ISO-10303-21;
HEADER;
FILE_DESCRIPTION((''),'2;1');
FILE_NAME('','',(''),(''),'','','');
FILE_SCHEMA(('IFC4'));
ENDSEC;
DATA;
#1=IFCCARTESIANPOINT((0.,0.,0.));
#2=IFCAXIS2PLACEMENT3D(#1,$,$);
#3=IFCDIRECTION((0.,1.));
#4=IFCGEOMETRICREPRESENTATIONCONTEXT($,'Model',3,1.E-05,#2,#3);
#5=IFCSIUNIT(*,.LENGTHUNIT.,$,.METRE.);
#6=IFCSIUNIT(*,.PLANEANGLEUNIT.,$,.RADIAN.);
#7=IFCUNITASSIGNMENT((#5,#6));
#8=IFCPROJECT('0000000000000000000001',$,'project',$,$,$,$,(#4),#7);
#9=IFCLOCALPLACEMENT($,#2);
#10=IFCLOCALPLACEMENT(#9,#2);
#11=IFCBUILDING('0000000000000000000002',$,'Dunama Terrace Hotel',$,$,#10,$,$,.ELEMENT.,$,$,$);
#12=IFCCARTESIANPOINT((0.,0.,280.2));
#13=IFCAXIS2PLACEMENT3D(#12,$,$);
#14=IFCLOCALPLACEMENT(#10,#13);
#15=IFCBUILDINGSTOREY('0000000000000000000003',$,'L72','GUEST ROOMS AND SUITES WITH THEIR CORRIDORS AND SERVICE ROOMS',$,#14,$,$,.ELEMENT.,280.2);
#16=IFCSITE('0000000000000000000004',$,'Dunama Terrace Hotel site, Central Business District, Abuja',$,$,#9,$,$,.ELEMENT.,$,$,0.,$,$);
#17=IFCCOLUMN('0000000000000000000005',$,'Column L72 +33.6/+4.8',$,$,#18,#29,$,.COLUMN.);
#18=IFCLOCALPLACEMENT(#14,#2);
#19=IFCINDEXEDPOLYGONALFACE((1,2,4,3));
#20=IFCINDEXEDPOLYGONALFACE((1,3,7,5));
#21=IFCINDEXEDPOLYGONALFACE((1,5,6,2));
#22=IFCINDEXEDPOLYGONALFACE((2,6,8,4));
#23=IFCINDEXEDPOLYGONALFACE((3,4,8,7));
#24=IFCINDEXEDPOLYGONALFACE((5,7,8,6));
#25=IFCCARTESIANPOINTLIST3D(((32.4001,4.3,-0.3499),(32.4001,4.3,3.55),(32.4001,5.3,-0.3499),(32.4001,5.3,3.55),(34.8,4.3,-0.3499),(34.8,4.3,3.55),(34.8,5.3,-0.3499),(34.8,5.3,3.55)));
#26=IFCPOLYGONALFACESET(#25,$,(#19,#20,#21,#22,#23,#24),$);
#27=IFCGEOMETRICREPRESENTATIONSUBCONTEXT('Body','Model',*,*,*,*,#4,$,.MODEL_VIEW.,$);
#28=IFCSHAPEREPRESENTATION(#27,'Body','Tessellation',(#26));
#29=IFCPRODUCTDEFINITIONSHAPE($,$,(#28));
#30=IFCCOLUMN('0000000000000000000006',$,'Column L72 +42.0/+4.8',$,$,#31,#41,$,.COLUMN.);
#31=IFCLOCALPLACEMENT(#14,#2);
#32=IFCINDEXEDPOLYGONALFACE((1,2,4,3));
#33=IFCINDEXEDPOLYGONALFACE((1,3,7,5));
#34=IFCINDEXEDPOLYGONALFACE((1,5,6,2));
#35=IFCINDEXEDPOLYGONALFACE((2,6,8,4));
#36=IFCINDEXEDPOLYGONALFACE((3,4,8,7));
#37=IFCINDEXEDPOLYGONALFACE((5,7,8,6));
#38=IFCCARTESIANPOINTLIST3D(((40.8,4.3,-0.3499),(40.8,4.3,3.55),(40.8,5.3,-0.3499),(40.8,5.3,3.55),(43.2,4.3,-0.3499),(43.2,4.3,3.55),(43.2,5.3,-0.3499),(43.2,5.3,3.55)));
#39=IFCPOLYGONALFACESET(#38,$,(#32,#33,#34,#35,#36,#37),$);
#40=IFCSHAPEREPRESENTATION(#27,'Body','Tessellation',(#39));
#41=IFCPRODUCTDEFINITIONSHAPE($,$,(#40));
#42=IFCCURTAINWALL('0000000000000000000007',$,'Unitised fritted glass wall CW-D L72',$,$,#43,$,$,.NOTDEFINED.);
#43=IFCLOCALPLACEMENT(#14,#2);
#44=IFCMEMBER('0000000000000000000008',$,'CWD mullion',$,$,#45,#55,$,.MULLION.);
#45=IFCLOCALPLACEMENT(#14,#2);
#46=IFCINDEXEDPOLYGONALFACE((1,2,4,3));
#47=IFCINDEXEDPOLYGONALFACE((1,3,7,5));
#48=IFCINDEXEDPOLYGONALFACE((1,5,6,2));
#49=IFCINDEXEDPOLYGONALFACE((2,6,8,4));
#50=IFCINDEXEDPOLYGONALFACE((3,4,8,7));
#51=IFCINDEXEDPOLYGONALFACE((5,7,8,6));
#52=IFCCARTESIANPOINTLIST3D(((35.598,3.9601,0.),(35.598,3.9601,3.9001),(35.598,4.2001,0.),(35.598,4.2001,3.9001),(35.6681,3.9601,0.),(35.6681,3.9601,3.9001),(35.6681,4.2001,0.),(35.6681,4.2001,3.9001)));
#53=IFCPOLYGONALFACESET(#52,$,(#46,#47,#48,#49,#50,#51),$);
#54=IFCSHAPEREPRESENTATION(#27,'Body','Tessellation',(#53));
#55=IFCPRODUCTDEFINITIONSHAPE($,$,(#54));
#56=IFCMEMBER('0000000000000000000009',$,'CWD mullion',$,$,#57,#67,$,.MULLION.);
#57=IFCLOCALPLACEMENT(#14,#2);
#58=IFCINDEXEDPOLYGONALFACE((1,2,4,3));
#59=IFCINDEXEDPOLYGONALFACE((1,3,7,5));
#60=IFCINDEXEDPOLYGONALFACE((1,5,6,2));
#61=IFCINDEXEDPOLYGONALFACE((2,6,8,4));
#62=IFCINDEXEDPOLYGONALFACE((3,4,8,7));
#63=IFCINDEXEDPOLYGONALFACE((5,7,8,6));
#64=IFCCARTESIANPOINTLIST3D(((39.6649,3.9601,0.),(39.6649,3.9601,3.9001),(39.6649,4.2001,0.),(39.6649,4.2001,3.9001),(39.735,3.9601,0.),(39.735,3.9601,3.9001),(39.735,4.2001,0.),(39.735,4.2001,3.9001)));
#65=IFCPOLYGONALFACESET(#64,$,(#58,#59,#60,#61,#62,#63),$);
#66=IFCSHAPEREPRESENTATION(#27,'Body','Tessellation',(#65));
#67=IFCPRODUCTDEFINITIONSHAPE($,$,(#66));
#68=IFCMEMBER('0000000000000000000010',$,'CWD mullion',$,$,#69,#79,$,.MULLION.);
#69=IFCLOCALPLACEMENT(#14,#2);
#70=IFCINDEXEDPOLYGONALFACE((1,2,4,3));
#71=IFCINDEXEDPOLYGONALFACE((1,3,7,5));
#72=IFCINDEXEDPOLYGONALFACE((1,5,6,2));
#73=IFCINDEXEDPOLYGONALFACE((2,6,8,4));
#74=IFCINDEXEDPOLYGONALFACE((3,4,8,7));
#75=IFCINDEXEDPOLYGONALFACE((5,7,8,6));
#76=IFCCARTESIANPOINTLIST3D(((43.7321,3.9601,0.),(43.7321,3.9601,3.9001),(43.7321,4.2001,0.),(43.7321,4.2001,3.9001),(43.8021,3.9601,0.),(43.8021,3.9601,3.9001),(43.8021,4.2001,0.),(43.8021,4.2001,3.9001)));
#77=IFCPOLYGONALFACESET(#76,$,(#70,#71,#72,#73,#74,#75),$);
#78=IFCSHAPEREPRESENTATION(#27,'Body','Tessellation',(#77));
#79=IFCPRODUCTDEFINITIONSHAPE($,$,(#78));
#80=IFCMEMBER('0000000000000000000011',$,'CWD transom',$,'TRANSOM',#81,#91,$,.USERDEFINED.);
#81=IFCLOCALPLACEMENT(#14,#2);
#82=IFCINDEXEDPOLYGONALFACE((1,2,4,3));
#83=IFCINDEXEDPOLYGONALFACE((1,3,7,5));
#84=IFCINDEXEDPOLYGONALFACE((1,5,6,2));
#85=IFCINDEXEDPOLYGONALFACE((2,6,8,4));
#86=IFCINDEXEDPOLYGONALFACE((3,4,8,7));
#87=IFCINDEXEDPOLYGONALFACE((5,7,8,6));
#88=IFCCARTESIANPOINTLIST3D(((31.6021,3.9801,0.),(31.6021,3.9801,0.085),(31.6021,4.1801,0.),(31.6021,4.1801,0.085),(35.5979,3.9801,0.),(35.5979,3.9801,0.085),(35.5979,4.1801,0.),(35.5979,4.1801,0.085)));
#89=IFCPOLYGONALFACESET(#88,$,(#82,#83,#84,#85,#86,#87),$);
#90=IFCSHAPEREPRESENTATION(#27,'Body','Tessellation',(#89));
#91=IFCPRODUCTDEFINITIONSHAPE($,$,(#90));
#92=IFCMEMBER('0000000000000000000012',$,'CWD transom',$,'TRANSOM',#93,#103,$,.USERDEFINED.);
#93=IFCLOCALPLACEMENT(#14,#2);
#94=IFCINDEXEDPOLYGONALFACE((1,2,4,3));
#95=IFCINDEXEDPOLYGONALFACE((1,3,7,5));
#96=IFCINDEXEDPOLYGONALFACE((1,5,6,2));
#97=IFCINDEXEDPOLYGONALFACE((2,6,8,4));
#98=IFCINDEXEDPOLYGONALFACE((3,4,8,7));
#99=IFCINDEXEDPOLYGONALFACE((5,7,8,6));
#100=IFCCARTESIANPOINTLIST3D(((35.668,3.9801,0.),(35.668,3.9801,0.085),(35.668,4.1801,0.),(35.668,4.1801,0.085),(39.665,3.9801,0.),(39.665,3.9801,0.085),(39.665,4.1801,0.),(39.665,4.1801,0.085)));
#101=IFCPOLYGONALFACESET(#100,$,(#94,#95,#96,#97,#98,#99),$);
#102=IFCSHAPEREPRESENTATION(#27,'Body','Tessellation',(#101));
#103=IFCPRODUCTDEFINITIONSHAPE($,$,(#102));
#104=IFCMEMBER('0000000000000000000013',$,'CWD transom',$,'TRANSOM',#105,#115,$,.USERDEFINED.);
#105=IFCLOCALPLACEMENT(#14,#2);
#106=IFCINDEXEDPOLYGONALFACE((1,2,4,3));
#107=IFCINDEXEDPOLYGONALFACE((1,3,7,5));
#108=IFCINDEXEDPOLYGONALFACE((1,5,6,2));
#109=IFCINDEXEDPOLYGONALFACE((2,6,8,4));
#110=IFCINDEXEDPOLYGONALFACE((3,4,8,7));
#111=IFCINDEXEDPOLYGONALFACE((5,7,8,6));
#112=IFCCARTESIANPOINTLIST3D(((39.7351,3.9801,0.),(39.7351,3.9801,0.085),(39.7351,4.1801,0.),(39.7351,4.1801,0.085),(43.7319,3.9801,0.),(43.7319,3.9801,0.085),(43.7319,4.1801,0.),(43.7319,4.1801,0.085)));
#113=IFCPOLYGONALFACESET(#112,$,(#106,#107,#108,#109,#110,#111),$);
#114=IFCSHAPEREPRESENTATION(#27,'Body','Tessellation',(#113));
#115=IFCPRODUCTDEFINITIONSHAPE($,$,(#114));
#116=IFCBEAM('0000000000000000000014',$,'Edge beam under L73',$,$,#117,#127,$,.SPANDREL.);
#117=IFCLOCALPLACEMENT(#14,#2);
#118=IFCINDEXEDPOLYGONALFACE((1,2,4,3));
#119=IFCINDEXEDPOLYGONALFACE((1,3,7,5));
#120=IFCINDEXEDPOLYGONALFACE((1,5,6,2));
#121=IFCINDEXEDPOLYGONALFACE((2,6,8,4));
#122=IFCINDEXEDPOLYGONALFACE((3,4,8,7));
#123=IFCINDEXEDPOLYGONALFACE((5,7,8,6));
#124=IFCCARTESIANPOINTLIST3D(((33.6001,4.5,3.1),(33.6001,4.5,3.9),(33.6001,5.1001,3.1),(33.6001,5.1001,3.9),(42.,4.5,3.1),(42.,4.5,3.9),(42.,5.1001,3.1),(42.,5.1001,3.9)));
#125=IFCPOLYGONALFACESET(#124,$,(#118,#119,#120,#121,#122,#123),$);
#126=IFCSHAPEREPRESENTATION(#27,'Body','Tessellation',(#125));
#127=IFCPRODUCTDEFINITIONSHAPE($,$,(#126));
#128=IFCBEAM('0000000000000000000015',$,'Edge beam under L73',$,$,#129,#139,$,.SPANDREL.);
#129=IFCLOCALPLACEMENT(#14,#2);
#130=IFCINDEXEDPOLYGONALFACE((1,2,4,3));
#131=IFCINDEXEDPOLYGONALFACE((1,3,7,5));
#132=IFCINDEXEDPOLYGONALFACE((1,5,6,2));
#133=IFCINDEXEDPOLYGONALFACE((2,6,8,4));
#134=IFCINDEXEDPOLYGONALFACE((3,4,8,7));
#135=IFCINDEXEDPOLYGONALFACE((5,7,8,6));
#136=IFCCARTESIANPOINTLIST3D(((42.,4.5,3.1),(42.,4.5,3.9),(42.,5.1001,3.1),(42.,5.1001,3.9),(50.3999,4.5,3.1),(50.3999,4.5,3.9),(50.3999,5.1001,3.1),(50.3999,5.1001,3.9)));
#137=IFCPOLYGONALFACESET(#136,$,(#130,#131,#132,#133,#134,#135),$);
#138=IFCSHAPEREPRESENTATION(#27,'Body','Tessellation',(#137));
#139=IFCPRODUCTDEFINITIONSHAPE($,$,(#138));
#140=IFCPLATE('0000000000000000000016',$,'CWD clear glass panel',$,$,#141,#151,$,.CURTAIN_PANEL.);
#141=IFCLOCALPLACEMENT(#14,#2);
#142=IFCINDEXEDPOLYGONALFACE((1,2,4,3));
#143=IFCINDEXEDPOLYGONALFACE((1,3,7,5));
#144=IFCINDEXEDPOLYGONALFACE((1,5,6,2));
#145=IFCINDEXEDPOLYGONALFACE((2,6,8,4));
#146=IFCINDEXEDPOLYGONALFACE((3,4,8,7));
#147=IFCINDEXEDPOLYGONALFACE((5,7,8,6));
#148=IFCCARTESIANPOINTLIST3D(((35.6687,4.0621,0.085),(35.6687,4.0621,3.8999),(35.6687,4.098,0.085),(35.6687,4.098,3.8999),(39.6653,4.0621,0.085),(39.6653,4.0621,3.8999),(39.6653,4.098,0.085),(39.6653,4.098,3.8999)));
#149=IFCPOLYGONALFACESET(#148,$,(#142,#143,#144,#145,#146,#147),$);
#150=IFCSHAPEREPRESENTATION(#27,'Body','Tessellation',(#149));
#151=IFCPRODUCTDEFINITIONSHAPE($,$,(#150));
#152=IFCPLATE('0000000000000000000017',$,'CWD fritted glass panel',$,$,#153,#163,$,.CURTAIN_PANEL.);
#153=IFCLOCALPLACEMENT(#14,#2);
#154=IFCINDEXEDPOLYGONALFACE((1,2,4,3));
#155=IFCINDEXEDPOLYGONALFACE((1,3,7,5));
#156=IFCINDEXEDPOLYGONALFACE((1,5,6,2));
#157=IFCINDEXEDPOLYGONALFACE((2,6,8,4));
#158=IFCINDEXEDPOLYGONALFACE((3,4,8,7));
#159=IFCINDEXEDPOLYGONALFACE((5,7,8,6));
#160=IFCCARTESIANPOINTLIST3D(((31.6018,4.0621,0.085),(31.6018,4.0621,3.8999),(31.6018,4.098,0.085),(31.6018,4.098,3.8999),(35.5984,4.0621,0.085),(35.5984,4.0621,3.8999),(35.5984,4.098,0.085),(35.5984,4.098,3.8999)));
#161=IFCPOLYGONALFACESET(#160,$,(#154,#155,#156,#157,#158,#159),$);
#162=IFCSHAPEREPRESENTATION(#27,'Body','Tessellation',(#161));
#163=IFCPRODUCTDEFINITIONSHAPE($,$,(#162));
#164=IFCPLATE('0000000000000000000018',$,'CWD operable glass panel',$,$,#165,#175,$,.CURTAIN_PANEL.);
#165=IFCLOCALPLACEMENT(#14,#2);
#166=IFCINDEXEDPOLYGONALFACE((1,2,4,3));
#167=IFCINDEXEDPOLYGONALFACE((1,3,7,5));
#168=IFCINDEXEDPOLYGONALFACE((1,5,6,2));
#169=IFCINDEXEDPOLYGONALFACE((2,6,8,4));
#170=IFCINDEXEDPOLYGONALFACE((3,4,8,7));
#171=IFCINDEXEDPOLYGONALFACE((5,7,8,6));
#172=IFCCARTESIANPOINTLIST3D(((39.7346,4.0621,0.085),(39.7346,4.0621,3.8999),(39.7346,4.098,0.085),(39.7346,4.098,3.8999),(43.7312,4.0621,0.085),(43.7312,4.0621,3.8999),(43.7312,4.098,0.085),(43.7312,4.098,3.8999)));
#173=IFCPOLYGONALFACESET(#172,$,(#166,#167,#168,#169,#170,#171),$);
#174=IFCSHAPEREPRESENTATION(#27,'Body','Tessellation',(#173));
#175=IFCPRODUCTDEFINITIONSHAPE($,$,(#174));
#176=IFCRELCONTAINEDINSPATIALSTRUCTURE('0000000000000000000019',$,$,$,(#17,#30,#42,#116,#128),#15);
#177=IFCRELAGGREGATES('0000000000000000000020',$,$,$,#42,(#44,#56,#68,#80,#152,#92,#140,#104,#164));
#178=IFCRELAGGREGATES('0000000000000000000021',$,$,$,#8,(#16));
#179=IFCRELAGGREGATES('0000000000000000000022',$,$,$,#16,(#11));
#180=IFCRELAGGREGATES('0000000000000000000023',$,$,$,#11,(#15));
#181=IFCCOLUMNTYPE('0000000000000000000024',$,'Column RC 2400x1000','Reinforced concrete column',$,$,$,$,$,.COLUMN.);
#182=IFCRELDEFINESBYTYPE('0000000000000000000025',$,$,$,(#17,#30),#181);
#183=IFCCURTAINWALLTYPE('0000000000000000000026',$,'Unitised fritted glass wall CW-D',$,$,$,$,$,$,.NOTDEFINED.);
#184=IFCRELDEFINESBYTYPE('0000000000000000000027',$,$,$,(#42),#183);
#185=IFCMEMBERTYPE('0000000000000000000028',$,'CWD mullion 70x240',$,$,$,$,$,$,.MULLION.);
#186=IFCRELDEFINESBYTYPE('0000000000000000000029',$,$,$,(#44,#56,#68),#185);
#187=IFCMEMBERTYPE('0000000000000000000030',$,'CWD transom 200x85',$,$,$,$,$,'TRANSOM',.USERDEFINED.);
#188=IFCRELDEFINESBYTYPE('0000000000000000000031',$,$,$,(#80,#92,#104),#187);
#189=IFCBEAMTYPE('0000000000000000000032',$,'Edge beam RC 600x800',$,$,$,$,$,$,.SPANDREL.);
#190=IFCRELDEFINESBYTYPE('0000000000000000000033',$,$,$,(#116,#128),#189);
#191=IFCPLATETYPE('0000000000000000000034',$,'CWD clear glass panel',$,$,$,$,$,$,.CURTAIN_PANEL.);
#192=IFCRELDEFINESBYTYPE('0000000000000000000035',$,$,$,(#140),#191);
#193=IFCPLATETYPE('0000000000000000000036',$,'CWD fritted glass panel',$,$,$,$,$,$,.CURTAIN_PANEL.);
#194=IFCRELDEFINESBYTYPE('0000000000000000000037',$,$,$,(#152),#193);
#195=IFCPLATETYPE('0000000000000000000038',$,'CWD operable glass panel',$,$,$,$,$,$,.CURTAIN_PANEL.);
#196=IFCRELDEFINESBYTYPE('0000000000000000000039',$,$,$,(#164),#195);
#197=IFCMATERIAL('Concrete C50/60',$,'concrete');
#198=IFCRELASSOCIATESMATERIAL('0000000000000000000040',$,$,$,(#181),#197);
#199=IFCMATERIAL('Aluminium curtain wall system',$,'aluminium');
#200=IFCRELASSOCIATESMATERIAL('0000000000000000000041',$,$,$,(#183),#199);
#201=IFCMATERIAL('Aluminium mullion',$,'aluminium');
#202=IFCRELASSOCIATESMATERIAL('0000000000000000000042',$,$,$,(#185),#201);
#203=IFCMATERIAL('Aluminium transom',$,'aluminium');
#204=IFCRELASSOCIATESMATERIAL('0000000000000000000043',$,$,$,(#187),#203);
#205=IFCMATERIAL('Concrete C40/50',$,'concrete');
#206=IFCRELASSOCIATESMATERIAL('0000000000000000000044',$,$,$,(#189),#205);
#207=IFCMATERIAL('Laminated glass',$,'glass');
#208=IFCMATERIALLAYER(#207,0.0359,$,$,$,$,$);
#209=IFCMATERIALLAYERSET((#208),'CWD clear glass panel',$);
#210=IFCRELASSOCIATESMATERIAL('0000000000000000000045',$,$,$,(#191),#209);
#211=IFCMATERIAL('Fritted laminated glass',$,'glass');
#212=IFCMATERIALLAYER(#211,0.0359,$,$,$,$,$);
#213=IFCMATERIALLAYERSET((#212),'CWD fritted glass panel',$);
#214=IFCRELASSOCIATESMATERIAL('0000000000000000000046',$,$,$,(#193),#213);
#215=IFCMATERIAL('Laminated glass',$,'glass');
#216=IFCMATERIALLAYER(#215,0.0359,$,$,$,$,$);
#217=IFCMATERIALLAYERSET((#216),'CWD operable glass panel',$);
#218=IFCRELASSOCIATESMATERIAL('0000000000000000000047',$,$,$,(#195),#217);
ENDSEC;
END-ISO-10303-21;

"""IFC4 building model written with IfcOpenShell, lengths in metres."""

from ifc_helpers import new_model, si_unit, direction, frame, origin, origin_2d, place, context, subcontext, project, spatial, rectangle, extrude, material, layer, layer_set, material_profile, profile_set, type_object, element, aggregate, save


model = new_model("IFC4")

# Units and contexts
model_context = context("Model", 3, precision=1e-05, world=origin(), true_north=direction((0.0, 1.0)))
body_context = subcontext(model_context, "Body", "Model", "MODEL_VIEW")
ifc_project = project(units=[si_unit("LENGTHUNIT", "METRE"), si_unit("PLANEANGLEUNIT", "RADIAN")], contexts=[model_context])

# Site, building, storey
site_placement = place(None, origin())
site = spatial("IfcSite", under=ifc_project, at=site_placement, Name="Dunama Terrace Hotel site, Central Business District, Abuja", CompositionType="ELEMENT", RefElevation=0.0)
building_placement = place(site_placement, origin())
building = spatial("IfcBuilding", under=site, at=building_placement, Name="Dunama Terrace Hotel", CompositionType="ELEMENT")
storey_placement = place(building_placement, frame((0.0, 0.0, 280.2)))
storey = spatial("IfcBuildingStorey", under=building, at=storey_placement, Name="L72", Description="GUEST ROOMS AND SUITES WITH THEIR CORRIDORS AND SERVICE ROOMS", CompositionType="ELEMENT", Elevation=280.2)

# Columns
ifc_material_1 = material(Name="Concrete C50/60", Category="concrete")
ifc_material_profile_1 = material_profile(ifc_material_1, rectangle(XDim=2.3999, YDim=1.0, at=origin_2d()), Name="RC 2400x1000")
ifc_profile_set_1 = profile_set([ifc_material_profile_1], Name="Concrete C50/60")
column_type = type_object("IfcColumnType", Name="Column RC 2400x1000", Description="Reinforced concrete column", PredefinedType="COLUMN", material=ifc_profile_set_1)
for number, where, z_axis, x_axis, name in (
    (1, (33.6001, 4.8, -0.3499), (0.0, 0.0, 1.0), (1.0, 0.0, 0.0), "Column L72 +33.6/+4.8"),
    (2, (42.0, 4.8, -0.3499), (0.0, 0.0, 1.0), (1.0, 0.0, 0.0), "Column L72 +42.0/+4.8"),
):
    element("IfcColumn", number, at=place(storey_placement, frame(where, z_axis=z_axis, x_axis=x_axis)), inside=storey, type_object=column_type, Name=name, PredefinedType="COLUMN", context=body_context, shape_type="SweptSolid", body=[
        extrude(rectangle(XDim=2.3999, YDim=1.0, at=origin_2d()), origin(), (0.0, 0.0, 1.0), 3.8999),
    ])

# Curtain wall, members
ifc_material_2 = material(Name="Aluminium curtain wall system", Category="aluminium")
curtain_wall_type = type_object("IfcCurtainWallType", Name="Unitised fritted glass wall CW-D", PredefinedType="NOTDEFINED", material=ifc_material_2)
curtain_wall_placement = place(storey_placement, origin())
curtain_wall = element("IfcCurtainWall", 3, at=curtain_wall_placement, inside=storey, type_object=curtain_wall_type, Name="Unitised fritted glass wall CW-D L72", PredefinedType="NOTDEFINED")
ifc_material_3 = material(Name="Aluminium mullion", Category="aluminium")
ifc_material_profile_2 = material_profile(ifc_material_3, rectangle(XDim=0.0701, YDim=0.24, at=origin_2d()), Name="CWD MULLION 70X240")
ifc_profile_set_2 = profile_set([ifc_material_profile_2], Name="Aluminium mullion")
member_type_1 = type_object("IfcMemberType", Name="CWD mullion 70x240", PredefinedType="MULLION", material=ifc_profile_set_2)
member_1_placement = place(storey_placement, frame((35.6331, 4.0801, 0.0), z_axis=(0.0, 0.0, 1.0), x_axis=(1.0, 0.0, 0.0)))
member_1 = element("IfcMember", 4, at=member_1_placement, type_object=member_type_1, Name="CWD mullion", PredefinedType="MULLION", context=body_context, shape_type="SweptSolid", body=[
    extrude(rectangle(XDim=0.0701, YDim=0.24, at=origin_2d()), origin(), (0.0, 0.0, 1.0), 3.9001),
])
member_2_placement = place(storey_placement, frame((39.7, 4.0801, 0.0), z_axis=(0.0, 0.0, 1.0), x_axis=(1.0, 0.0, 0.0)))
member_2 = element("IfcMember", 5, at=member_2_placement, type_object=member_type_1, Name="CWD mullion", PredefinedType="MULLION", context=body_context, shape_type="SweptSolid", body=[
    extrude(rectangle(XDim=0.0701, YDim=0.24, at=origin_2d()), origin(), (0.0, 0.0, 1.0), 3.9001),
])
member_3_placement = place(storey_placement, frame((43.7671, 4.0801, 0.0), z_axis=(0.0, 0.0, 1.0), x_axis=(1.0, 0.0, 0.0)))
member_3 = element("IfcMember", 6, at=member_3_placement, type_object=member_type_1, Name="CWD mullion", PredefinedType="MULLION", context=body_context, shape_type="SweptSolid", body=[
    extrude(rectangle(XDim=0.0701, YDim=0.24, at=origin_2d()), origin(), (0.0, 0.0, 1.0), 3.9001),
])
ifc_material_4 = material(Name="Aluminium transom", Category="aluminium")
ifc_material_profile_3 = material_profile(ifc_material_4, rectangle(XDim=0.2, YDim=0.085, at=origin_2d()), Name="CWD TRANSOM 200X85")
ifc_profile_set_3 = profile_set([ifc_material_profile_3], Name="Aluminium transom")
member_type_2 = type_object("IfcMemberType", Name="CWD transom 200x85", ElementType="TRANSOM", PredefinedType="USERDEFINED", material=ifc_profile_set_3)
member_4_placement = place(storey_placement, frame((31.6021, 4.0801, 0.0425), z_axis=(1.0, 0.0, 0.0), x_axis=(0.0, 1.0, 0.0)))
member_4 = element("IfcMember", 7, at=member_4_placement, type_object=member_type_2, Name="CWD transom", ObjectType="TRANSOM", PredefinedType="USERDEFINED", context=body_context, shape_type="SweptSolid", body=[
    extrude(rectangle(XDim=0.2, YDim=0.085, at=origin_2d()), origin(), (0.0, 0.0, 1.0), 3.9958),
])
member_5_placement = place(storey_placement, frame((35.668, 4.0801, 0.0425), z_axis=(1.0, 0.0, 0.0), x_axis=(0.0, 1.0, 0.0)))
member_5 = element("IfcMember", 8, at=member_5_placement, type_object=member_type_2, Name="CWD transom", ObjectType="TRANSOM", PredefinedType="USERDEFINED", context=body_context, shape_type="SweptSolid", body=[
    extrude(rectangle(XDim=0.2, YDim=0.085, at=origin_2d()), origin(), (0.0, 0.0, 1.0), 3.9971),
])
member_6_placement = place(storey_placement, frame((39.7351, 4.0801, 0.0425), z_axis=(1.0, 0.0, 0.0), x_axis=(0.0, 1.0, 0.0)))
member_6 = element("IfcMember", 9, at=member_6_placement, type_object=member_type_2, Name="CWD transom", ObjectType="TRANSOM", PredefinedType="USERDEFINED", context=body_context, shape_type="SweptSolid", body=[
    extrude(rectangle(XDim=0.2, YDim=0.085, at=origin_2d()), origin(), (0.0, 0.0, 1.0), 3.9968),
])

# Beams
ifc_material_5 = material(Name="Concrete C40/50", Category="concrete")
ifc_material_profile_4 = material_profile(ifc_material_5, rectangle(XDim=0.6001, YDim=0.8, at=origin_2d()), Name="RC 600x800")
ifc_profile_set_4 = profile_set([ifc_material_profile_4], Name="Concrete C40/50")
beam_type = type_object("IfcBeamType", Name="Edge beam RC 600x800", PredefinedType="SPANDREL", material=ifc_profile_set_4)
for number, where, z_axis, x_axis, name in (
    (10, (33.6001, 4.8, 3.5), (1.0, 0.0, 0.0), (0.0, 1.0, 0.0), "Edge beam under L73"),
    (11, (42.0, 4.8, 3.5), (1.0, 0.0, 0.0), (0.0, 1.0, 0.0), "Edge beam under L73"),
):
    element("IfcBeam", number, at=place(storey_placement, frame(where, z_axis=z_axis, x_axis=x_axis)), inside=storey, type_object=beam_type, Name=name, PredefinedType="SPANDREL", context=body_context, shape_type="SweptSolid", body=[
        extrude(rectangle(XDim=0.6001, YDim=0.8, at=origin_2d()), origin(), (0.0, 0.0, 1.0), 8.3999),
    ])

# Plates
ifc_material_6 = material(Name="Laminated glass", Category="glass")
ifc_layer_1 = layer(ifc_material_6, 0.0359)
ifc_layer_set_1 = layer_set([ifc_layer_1], Name="CWD clear glass panel")
plate_type_1 = type_object("IfcPlateType", Name="CWD clear glass panel", PredefinedType="CURTAIN_PANEL", material=ifc_layer_set_1)
plate_1_placement = place(storey_placement, frame((37.667, 4.0801, 0.085), z_axis=(0.0, 0.0, 1.0), x_axis=(1.0, 0.0, 0.0)))
plate_1 = element("IfcPlate", 12, at=plate_1_placement, type_object=plate_type_1, Name="CWD clear glass panel", PredefinedType="CURTAIN_PANEL", context=body_context, shape_type="SweptSolid", body=[
    extrude(rectangle(XDim=3.9966, YDim=0.0359, at=origin_2d()), origin(), (0.0, 0.0, 1.0), 3.8149),
])
ifc_material_7 = material(Name="Fritted laminated glass", Category="glass")
ifc_layer_2 = layer(ifc_material_7, 0.0359)
ifc_layer_set_2 = layer_set([ifc_layer_2], Name="CWD fritted glass panel")
plate_type_2 = type_object("IfcPlateType", Name="CWD fritted glass panel", PredefinedType="CURTAIN_PANEL", material=ifc_layer_set_2)
plate_2_placement = place(storey_placement, frame((33.6001, 4.0801, 0.085), z_axis=(0.0, 0.0, 1.0), x_axis=(1.0, 0.0, 0.0)))
plate_2 = element("IfcPlate", 13, at=plate_2_placement, type_object=plate_type_2, Name="CWD fritted glass panel", PredefinedType="CURTAIN_PANEL", context=body_context, shape_type="SweptSolid", body=[
    extrude(rectangle(XDim=3.9966, YDim=0.0359, at=origin_2d()), origin(), (0.0, 0.0, 1.0), 3.8149),
])
ifc_material_8 = material(Name="Laminated glass", Category="glass")
ifc_layer_3 = layer(ifc_material_8, 0.0359)
ifc_layer_set_3 = layer_set([ifc_layer_3], Name="CWD operable glass panel")
plate_type_3 = type_object("IfcPlateType", Name="CWD operable glass panel", PredefinedType="CURTAIN_PANEL", material=ifc_layer_set_3)
plate_3_placement = place(storey_placement, frame((41.7329, 4.0801, 0.085), z_axis=(0.0, 0.0, 1.0), x_axis=(1.0, 0.0, 0.0)))
plate_3 = element("IfcPlate", 14, at=plate_3_placement, type_object=plate_type_3, Name="CWD operable glass panel", PredefinedType="CURTAIN_PANEL", context=body_context, shape_type="SweptSolid", body=[
    extrude(rectangle(XDim=3.9966, YDim=0.0359, at=origin_2d()), origin(), (0.0, 0.0, 1.0), 3.8149),
])
aggregate(curtain_wall, [member_1, member_2, member_3, member_4, plate_2, member_5, plate_1, member_6, plate_3])

save(model, "model.ifc")
